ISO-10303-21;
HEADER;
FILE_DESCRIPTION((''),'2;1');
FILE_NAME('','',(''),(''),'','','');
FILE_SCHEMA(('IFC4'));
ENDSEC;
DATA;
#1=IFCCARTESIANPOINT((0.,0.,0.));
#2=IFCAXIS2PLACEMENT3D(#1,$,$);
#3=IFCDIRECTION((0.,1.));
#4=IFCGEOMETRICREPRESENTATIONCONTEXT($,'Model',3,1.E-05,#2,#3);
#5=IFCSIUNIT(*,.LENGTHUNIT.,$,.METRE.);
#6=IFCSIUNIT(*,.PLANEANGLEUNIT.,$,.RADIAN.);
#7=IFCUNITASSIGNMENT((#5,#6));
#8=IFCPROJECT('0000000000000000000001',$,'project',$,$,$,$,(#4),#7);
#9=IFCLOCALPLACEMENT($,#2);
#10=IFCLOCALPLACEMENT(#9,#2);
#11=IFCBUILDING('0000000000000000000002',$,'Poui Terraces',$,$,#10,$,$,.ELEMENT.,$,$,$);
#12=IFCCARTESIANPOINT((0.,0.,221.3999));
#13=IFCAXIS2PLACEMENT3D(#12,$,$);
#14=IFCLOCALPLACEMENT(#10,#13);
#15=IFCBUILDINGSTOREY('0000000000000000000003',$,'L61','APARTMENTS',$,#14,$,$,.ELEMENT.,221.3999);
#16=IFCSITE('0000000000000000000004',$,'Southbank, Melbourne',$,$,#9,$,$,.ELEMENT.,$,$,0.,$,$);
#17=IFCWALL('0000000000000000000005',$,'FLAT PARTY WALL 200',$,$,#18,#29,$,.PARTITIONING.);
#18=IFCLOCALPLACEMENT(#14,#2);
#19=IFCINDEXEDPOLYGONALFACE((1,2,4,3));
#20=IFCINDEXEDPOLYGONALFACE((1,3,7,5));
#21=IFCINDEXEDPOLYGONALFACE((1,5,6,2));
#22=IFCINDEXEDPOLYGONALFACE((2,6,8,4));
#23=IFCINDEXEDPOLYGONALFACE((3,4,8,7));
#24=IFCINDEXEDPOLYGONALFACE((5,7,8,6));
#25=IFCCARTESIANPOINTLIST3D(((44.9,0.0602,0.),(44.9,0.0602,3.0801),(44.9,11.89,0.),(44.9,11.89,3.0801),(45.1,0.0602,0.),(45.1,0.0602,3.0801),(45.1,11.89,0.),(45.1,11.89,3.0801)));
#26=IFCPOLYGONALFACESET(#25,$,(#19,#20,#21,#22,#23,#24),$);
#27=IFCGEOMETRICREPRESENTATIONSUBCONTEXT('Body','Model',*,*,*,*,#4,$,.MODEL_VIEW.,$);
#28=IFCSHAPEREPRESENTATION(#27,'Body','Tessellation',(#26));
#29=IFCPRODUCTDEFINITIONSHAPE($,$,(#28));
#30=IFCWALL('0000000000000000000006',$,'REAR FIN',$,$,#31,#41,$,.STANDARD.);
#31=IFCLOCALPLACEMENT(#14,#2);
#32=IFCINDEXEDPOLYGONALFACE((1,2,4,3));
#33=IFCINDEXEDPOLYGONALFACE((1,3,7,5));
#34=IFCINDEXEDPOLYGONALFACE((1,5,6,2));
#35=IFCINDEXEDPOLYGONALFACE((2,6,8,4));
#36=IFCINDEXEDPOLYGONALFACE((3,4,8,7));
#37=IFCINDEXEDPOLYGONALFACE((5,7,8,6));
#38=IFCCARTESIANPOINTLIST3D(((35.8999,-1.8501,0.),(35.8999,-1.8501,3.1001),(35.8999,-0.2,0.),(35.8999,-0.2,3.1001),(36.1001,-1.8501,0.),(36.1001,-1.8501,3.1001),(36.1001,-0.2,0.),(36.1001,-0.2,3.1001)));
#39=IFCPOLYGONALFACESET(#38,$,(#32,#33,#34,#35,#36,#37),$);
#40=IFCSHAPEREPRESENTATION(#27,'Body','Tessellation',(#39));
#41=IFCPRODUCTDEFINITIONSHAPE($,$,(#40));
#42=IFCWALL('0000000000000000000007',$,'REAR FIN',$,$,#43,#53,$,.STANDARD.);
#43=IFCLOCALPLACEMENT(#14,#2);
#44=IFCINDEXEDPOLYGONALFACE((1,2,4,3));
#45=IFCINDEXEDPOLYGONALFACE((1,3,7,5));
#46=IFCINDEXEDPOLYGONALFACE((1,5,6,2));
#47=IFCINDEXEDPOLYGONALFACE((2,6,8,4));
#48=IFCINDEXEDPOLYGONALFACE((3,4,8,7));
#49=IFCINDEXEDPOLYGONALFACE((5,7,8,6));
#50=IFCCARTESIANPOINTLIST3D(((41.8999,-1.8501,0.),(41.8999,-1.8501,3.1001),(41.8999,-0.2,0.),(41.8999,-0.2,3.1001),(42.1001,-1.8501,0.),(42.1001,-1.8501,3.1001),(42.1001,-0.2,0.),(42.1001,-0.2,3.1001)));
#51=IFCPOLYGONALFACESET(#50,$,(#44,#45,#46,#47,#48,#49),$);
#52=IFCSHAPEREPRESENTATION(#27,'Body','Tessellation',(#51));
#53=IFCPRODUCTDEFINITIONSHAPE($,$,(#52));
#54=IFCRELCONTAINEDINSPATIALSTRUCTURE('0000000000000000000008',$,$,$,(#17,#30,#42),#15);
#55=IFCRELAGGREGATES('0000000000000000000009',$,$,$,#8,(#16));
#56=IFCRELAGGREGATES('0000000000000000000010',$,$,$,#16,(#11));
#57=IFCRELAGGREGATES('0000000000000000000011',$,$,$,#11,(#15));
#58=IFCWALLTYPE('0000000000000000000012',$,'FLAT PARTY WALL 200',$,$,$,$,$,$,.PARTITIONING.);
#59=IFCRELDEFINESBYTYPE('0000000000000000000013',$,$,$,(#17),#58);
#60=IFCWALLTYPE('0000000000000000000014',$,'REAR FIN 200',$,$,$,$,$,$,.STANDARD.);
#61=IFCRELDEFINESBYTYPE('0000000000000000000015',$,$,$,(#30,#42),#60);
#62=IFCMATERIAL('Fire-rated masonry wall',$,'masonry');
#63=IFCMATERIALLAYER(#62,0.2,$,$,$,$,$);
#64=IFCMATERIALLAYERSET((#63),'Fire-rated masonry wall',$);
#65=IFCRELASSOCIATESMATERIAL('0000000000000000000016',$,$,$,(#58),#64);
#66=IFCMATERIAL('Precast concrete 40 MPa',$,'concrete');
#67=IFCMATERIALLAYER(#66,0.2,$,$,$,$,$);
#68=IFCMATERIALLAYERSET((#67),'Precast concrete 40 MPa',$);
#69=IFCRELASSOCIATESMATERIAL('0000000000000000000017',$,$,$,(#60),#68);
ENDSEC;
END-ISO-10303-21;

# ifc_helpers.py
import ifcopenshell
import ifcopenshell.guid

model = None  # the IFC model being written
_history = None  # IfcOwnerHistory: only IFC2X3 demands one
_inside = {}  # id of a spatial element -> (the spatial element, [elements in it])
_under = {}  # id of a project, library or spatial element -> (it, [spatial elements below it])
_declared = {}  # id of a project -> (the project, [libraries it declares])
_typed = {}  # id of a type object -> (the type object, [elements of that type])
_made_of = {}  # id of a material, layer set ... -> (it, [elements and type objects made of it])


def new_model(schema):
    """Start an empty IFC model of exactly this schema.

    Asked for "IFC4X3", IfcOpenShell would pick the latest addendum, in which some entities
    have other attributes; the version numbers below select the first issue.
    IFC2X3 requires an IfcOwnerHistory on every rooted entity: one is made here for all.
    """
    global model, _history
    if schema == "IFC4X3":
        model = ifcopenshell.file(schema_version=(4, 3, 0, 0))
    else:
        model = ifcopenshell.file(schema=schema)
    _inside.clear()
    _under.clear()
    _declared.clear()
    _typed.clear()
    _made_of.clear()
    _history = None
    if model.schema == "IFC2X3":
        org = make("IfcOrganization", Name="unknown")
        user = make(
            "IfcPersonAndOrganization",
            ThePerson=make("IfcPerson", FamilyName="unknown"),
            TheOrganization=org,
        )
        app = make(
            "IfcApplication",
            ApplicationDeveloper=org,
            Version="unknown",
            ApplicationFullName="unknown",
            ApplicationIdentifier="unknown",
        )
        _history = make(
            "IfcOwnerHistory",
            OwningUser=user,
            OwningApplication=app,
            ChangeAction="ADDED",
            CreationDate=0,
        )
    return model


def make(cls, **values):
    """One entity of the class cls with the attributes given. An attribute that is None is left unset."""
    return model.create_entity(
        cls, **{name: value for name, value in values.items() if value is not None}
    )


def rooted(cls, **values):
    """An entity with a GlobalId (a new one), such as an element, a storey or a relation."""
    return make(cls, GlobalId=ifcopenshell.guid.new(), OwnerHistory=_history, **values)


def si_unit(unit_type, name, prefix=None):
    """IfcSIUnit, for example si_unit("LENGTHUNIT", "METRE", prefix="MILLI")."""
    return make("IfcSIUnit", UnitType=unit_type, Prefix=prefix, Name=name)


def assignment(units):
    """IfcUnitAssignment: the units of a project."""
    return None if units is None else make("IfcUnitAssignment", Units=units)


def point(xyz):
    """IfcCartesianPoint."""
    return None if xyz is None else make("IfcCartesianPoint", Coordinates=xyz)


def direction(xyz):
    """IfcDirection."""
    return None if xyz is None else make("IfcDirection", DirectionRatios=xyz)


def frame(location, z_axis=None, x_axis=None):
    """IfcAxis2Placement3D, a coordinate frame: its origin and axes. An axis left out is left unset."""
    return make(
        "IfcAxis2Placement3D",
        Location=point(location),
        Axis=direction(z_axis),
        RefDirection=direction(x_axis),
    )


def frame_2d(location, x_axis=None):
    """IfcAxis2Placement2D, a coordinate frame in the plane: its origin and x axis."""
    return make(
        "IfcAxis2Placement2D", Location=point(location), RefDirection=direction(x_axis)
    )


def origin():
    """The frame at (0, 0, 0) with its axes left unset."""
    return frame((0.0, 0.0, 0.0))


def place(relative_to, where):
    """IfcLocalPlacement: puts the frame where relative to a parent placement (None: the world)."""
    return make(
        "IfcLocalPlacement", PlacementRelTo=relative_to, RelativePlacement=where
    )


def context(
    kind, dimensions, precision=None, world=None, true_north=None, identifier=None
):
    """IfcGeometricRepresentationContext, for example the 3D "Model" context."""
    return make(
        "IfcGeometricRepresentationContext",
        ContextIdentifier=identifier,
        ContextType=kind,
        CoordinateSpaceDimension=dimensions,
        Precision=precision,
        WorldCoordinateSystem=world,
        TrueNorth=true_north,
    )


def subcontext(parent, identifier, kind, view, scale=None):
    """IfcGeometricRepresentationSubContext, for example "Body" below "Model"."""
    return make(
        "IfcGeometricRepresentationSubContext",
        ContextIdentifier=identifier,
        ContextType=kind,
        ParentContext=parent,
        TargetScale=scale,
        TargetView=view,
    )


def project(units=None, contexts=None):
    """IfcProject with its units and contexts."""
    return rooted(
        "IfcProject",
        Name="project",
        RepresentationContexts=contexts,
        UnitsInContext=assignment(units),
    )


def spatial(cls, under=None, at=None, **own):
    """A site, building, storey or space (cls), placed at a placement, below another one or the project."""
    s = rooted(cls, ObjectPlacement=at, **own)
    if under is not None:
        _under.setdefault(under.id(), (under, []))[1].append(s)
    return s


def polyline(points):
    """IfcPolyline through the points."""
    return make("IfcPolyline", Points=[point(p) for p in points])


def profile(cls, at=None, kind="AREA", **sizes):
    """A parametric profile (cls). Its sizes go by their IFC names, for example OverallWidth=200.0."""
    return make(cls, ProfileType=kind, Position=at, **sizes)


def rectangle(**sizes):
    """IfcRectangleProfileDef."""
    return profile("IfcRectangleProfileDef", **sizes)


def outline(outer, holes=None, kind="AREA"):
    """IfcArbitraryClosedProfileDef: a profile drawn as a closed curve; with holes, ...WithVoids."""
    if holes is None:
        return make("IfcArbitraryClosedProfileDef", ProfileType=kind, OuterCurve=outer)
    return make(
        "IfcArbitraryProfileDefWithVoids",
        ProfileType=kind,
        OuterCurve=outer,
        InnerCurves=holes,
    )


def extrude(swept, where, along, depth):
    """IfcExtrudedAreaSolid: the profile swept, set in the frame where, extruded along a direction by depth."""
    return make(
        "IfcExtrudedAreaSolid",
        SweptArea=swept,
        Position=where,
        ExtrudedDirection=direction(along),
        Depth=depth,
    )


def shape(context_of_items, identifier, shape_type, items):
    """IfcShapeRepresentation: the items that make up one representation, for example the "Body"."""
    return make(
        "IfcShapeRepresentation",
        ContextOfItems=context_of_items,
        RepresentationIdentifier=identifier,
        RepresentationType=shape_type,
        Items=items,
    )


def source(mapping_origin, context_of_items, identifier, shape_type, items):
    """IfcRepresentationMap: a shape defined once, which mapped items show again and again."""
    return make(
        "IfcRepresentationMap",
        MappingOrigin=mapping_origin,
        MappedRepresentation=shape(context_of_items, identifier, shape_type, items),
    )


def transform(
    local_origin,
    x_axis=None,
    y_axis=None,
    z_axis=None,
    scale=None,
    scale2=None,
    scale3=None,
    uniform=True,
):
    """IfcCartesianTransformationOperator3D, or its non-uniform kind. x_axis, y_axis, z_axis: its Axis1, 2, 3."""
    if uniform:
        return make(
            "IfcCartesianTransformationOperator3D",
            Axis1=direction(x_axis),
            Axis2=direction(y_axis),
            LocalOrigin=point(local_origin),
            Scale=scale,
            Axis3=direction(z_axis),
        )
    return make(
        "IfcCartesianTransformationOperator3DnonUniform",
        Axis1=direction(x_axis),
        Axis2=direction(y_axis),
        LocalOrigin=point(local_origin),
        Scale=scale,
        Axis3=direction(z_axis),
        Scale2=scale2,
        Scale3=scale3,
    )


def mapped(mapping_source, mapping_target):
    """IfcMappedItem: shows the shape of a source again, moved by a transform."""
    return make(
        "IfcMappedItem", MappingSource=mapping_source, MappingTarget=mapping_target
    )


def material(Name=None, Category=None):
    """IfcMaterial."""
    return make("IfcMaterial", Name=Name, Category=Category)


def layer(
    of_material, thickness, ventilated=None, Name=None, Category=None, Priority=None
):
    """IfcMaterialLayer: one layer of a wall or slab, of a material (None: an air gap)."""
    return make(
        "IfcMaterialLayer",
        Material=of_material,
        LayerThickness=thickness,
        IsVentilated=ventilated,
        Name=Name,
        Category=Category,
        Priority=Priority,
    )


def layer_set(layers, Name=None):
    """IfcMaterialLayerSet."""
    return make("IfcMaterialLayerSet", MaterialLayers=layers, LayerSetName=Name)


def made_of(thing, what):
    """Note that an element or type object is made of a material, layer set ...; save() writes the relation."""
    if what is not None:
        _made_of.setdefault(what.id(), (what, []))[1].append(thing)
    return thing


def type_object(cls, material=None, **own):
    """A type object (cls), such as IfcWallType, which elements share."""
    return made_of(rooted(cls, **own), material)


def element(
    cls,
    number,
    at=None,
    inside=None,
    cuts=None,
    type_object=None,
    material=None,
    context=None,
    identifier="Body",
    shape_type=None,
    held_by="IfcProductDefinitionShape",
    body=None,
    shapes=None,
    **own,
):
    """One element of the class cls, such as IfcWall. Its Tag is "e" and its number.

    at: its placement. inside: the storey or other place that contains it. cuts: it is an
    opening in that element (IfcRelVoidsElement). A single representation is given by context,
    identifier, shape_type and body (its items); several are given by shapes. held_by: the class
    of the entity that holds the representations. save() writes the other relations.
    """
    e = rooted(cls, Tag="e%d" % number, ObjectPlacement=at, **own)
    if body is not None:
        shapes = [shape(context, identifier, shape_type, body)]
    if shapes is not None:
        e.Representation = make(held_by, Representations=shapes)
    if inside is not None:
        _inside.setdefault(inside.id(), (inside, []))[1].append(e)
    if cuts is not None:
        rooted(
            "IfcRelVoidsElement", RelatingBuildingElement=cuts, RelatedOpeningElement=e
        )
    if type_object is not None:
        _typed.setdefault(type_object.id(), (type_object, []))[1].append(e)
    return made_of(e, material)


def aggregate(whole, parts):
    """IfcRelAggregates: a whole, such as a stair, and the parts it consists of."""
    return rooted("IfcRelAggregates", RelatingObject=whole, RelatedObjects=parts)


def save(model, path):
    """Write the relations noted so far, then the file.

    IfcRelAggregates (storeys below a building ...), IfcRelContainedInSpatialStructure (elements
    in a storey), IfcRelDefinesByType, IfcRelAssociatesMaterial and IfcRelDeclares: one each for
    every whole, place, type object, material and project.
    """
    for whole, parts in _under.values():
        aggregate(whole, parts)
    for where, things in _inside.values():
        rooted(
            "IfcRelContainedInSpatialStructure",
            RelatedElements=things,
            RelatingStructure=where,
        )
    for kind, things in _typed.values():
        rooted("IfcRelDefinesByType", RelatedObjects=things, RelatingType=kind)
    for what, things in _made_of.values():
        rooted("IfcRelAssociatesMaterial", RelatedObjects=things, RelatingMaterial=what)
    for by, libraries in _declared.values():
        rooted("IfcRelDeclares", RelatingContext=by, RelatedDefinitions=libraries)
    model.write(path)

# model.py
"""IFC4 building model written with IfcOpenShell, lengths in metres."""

from ifc_helpers import new_model, si_unit, direction, frame, frame_2d, origin, place, context, subcontext, project, spatial, polyline, rectangle, outline, extrude, source, transform, mapped, material, layer, layer_set, type_object, element, save


model = new_model("IFC4")

# Units and contexts
model_context = context("Model", 3, precision=1e-05, world=origin(), true_north=direction((0.0, 1.0)))
body_context = subcontext(model_context, "Body", "Model", "MODEL_VIEW")
ifc_project = project(units=[si_unit("LENGTHUNIT", "METRE"), si_unit("PLANEANGLEUNIT", "RADIAN")], contexts=[model_context])

# Site, building, storey
site_placement = place(None, origin())
site = spatial("IfcSite", under=ifc_project, at=site_placement, Name="Southbank, Melbourne", CompositionType="ELEMENT", RefElevation=0.0)
building_placement = place(site_placement, origin())
building = spatial("IfcBuilding", under=site, at=building_placement, Name="Poui Terraces", CompositionType="ELEMENT")
storey_placement = place(building_placement, frame((0.0, 0.0, 221.3999)))
storey = spatial("IfcBuildingStorey", under=building, at=storey_placement, Name="L61", Description="APARTMENTS", CompositionType="ELEMENT", Elevation=221.3999)

# Shared definitions
ifc_material_1 = material(Name="Precast concrete 40 MPa", Category="concrete")

# Walls
ifc_material_2 = material(Name="Fire-rated masonry wall", Category="masonry")
ifc_layer_1 = layer(ifc_material_2, 0.2)
ifc_layer_set_1 = layer_set([ifc_layer_1], Name="Fire-rated masonry wall")
wall_type_1 = type_object("IfcWallType", Name="FLAT PARTY WALL 200", PredefinedType="PARTITIONING", material=ifc_layer_set_1)
wall_1_placement = place(storey_placement, frame((45.0, 0.0601, 0.0), z_axis=(0.0, 0.0, 1.0), x_axis=(0.0, 1.0, 0.0)))
element("IfcWall", 1, at=wall_1_placement, inside=storey, type_object=wall_type_1, Name="FLAT PARTY WALL 200", PredefinedType="PARTITIONING", context=body_context, shape_type="SweptSolid", body=[
    extrude(rectangle(XDim=11.8298, YDim=0.2, at=frame_2d((5.915, 0.0))), origin(), (0.0, 0.0, 1.0), 3.0801),
])
ifc_layer_2 = layer(ifc_material_1, 0.2)
ifc_layer_set_2 = layer_set([ifc_layer_2], Name="Precast concrete 40 MPa")
wall_type_2 = type_object("IfcWallType", Name="REAR FIN 200", PredefinedType="STANDARD", material=ifc_layer_set_2)
shared_shape_1 = source(origin(), body_context, "Body", "SweptSolid", [
    extrude(outline(polyline([(0.0, 0.0), (0.2002, 0.0), (0.2002, 1.6501), (0.0, 1.6501), (0.0, 0.0)])), origin(), (0.0, 0.0, 1.0), 3.1001),
])
for number, where, name in (
    (2, (35.8999, -1.8501, 0.0), "REAR FIN"),
    (3, (41.8999, -1.8501, 0.0), "REAR FIN"),
):
    element("IfcWall", number, at=place(storey_placement, frame(where)), inside=storey, type_object=wall_type_2, Name=name, PredefinedType="STANDARD", context=body_context, shape_type="MappedRepresentation", body=[
        mapped(shared_shape_1, transform((0.0, 0.0, 0.0))),
    ])

save(model, "model.ifc")
